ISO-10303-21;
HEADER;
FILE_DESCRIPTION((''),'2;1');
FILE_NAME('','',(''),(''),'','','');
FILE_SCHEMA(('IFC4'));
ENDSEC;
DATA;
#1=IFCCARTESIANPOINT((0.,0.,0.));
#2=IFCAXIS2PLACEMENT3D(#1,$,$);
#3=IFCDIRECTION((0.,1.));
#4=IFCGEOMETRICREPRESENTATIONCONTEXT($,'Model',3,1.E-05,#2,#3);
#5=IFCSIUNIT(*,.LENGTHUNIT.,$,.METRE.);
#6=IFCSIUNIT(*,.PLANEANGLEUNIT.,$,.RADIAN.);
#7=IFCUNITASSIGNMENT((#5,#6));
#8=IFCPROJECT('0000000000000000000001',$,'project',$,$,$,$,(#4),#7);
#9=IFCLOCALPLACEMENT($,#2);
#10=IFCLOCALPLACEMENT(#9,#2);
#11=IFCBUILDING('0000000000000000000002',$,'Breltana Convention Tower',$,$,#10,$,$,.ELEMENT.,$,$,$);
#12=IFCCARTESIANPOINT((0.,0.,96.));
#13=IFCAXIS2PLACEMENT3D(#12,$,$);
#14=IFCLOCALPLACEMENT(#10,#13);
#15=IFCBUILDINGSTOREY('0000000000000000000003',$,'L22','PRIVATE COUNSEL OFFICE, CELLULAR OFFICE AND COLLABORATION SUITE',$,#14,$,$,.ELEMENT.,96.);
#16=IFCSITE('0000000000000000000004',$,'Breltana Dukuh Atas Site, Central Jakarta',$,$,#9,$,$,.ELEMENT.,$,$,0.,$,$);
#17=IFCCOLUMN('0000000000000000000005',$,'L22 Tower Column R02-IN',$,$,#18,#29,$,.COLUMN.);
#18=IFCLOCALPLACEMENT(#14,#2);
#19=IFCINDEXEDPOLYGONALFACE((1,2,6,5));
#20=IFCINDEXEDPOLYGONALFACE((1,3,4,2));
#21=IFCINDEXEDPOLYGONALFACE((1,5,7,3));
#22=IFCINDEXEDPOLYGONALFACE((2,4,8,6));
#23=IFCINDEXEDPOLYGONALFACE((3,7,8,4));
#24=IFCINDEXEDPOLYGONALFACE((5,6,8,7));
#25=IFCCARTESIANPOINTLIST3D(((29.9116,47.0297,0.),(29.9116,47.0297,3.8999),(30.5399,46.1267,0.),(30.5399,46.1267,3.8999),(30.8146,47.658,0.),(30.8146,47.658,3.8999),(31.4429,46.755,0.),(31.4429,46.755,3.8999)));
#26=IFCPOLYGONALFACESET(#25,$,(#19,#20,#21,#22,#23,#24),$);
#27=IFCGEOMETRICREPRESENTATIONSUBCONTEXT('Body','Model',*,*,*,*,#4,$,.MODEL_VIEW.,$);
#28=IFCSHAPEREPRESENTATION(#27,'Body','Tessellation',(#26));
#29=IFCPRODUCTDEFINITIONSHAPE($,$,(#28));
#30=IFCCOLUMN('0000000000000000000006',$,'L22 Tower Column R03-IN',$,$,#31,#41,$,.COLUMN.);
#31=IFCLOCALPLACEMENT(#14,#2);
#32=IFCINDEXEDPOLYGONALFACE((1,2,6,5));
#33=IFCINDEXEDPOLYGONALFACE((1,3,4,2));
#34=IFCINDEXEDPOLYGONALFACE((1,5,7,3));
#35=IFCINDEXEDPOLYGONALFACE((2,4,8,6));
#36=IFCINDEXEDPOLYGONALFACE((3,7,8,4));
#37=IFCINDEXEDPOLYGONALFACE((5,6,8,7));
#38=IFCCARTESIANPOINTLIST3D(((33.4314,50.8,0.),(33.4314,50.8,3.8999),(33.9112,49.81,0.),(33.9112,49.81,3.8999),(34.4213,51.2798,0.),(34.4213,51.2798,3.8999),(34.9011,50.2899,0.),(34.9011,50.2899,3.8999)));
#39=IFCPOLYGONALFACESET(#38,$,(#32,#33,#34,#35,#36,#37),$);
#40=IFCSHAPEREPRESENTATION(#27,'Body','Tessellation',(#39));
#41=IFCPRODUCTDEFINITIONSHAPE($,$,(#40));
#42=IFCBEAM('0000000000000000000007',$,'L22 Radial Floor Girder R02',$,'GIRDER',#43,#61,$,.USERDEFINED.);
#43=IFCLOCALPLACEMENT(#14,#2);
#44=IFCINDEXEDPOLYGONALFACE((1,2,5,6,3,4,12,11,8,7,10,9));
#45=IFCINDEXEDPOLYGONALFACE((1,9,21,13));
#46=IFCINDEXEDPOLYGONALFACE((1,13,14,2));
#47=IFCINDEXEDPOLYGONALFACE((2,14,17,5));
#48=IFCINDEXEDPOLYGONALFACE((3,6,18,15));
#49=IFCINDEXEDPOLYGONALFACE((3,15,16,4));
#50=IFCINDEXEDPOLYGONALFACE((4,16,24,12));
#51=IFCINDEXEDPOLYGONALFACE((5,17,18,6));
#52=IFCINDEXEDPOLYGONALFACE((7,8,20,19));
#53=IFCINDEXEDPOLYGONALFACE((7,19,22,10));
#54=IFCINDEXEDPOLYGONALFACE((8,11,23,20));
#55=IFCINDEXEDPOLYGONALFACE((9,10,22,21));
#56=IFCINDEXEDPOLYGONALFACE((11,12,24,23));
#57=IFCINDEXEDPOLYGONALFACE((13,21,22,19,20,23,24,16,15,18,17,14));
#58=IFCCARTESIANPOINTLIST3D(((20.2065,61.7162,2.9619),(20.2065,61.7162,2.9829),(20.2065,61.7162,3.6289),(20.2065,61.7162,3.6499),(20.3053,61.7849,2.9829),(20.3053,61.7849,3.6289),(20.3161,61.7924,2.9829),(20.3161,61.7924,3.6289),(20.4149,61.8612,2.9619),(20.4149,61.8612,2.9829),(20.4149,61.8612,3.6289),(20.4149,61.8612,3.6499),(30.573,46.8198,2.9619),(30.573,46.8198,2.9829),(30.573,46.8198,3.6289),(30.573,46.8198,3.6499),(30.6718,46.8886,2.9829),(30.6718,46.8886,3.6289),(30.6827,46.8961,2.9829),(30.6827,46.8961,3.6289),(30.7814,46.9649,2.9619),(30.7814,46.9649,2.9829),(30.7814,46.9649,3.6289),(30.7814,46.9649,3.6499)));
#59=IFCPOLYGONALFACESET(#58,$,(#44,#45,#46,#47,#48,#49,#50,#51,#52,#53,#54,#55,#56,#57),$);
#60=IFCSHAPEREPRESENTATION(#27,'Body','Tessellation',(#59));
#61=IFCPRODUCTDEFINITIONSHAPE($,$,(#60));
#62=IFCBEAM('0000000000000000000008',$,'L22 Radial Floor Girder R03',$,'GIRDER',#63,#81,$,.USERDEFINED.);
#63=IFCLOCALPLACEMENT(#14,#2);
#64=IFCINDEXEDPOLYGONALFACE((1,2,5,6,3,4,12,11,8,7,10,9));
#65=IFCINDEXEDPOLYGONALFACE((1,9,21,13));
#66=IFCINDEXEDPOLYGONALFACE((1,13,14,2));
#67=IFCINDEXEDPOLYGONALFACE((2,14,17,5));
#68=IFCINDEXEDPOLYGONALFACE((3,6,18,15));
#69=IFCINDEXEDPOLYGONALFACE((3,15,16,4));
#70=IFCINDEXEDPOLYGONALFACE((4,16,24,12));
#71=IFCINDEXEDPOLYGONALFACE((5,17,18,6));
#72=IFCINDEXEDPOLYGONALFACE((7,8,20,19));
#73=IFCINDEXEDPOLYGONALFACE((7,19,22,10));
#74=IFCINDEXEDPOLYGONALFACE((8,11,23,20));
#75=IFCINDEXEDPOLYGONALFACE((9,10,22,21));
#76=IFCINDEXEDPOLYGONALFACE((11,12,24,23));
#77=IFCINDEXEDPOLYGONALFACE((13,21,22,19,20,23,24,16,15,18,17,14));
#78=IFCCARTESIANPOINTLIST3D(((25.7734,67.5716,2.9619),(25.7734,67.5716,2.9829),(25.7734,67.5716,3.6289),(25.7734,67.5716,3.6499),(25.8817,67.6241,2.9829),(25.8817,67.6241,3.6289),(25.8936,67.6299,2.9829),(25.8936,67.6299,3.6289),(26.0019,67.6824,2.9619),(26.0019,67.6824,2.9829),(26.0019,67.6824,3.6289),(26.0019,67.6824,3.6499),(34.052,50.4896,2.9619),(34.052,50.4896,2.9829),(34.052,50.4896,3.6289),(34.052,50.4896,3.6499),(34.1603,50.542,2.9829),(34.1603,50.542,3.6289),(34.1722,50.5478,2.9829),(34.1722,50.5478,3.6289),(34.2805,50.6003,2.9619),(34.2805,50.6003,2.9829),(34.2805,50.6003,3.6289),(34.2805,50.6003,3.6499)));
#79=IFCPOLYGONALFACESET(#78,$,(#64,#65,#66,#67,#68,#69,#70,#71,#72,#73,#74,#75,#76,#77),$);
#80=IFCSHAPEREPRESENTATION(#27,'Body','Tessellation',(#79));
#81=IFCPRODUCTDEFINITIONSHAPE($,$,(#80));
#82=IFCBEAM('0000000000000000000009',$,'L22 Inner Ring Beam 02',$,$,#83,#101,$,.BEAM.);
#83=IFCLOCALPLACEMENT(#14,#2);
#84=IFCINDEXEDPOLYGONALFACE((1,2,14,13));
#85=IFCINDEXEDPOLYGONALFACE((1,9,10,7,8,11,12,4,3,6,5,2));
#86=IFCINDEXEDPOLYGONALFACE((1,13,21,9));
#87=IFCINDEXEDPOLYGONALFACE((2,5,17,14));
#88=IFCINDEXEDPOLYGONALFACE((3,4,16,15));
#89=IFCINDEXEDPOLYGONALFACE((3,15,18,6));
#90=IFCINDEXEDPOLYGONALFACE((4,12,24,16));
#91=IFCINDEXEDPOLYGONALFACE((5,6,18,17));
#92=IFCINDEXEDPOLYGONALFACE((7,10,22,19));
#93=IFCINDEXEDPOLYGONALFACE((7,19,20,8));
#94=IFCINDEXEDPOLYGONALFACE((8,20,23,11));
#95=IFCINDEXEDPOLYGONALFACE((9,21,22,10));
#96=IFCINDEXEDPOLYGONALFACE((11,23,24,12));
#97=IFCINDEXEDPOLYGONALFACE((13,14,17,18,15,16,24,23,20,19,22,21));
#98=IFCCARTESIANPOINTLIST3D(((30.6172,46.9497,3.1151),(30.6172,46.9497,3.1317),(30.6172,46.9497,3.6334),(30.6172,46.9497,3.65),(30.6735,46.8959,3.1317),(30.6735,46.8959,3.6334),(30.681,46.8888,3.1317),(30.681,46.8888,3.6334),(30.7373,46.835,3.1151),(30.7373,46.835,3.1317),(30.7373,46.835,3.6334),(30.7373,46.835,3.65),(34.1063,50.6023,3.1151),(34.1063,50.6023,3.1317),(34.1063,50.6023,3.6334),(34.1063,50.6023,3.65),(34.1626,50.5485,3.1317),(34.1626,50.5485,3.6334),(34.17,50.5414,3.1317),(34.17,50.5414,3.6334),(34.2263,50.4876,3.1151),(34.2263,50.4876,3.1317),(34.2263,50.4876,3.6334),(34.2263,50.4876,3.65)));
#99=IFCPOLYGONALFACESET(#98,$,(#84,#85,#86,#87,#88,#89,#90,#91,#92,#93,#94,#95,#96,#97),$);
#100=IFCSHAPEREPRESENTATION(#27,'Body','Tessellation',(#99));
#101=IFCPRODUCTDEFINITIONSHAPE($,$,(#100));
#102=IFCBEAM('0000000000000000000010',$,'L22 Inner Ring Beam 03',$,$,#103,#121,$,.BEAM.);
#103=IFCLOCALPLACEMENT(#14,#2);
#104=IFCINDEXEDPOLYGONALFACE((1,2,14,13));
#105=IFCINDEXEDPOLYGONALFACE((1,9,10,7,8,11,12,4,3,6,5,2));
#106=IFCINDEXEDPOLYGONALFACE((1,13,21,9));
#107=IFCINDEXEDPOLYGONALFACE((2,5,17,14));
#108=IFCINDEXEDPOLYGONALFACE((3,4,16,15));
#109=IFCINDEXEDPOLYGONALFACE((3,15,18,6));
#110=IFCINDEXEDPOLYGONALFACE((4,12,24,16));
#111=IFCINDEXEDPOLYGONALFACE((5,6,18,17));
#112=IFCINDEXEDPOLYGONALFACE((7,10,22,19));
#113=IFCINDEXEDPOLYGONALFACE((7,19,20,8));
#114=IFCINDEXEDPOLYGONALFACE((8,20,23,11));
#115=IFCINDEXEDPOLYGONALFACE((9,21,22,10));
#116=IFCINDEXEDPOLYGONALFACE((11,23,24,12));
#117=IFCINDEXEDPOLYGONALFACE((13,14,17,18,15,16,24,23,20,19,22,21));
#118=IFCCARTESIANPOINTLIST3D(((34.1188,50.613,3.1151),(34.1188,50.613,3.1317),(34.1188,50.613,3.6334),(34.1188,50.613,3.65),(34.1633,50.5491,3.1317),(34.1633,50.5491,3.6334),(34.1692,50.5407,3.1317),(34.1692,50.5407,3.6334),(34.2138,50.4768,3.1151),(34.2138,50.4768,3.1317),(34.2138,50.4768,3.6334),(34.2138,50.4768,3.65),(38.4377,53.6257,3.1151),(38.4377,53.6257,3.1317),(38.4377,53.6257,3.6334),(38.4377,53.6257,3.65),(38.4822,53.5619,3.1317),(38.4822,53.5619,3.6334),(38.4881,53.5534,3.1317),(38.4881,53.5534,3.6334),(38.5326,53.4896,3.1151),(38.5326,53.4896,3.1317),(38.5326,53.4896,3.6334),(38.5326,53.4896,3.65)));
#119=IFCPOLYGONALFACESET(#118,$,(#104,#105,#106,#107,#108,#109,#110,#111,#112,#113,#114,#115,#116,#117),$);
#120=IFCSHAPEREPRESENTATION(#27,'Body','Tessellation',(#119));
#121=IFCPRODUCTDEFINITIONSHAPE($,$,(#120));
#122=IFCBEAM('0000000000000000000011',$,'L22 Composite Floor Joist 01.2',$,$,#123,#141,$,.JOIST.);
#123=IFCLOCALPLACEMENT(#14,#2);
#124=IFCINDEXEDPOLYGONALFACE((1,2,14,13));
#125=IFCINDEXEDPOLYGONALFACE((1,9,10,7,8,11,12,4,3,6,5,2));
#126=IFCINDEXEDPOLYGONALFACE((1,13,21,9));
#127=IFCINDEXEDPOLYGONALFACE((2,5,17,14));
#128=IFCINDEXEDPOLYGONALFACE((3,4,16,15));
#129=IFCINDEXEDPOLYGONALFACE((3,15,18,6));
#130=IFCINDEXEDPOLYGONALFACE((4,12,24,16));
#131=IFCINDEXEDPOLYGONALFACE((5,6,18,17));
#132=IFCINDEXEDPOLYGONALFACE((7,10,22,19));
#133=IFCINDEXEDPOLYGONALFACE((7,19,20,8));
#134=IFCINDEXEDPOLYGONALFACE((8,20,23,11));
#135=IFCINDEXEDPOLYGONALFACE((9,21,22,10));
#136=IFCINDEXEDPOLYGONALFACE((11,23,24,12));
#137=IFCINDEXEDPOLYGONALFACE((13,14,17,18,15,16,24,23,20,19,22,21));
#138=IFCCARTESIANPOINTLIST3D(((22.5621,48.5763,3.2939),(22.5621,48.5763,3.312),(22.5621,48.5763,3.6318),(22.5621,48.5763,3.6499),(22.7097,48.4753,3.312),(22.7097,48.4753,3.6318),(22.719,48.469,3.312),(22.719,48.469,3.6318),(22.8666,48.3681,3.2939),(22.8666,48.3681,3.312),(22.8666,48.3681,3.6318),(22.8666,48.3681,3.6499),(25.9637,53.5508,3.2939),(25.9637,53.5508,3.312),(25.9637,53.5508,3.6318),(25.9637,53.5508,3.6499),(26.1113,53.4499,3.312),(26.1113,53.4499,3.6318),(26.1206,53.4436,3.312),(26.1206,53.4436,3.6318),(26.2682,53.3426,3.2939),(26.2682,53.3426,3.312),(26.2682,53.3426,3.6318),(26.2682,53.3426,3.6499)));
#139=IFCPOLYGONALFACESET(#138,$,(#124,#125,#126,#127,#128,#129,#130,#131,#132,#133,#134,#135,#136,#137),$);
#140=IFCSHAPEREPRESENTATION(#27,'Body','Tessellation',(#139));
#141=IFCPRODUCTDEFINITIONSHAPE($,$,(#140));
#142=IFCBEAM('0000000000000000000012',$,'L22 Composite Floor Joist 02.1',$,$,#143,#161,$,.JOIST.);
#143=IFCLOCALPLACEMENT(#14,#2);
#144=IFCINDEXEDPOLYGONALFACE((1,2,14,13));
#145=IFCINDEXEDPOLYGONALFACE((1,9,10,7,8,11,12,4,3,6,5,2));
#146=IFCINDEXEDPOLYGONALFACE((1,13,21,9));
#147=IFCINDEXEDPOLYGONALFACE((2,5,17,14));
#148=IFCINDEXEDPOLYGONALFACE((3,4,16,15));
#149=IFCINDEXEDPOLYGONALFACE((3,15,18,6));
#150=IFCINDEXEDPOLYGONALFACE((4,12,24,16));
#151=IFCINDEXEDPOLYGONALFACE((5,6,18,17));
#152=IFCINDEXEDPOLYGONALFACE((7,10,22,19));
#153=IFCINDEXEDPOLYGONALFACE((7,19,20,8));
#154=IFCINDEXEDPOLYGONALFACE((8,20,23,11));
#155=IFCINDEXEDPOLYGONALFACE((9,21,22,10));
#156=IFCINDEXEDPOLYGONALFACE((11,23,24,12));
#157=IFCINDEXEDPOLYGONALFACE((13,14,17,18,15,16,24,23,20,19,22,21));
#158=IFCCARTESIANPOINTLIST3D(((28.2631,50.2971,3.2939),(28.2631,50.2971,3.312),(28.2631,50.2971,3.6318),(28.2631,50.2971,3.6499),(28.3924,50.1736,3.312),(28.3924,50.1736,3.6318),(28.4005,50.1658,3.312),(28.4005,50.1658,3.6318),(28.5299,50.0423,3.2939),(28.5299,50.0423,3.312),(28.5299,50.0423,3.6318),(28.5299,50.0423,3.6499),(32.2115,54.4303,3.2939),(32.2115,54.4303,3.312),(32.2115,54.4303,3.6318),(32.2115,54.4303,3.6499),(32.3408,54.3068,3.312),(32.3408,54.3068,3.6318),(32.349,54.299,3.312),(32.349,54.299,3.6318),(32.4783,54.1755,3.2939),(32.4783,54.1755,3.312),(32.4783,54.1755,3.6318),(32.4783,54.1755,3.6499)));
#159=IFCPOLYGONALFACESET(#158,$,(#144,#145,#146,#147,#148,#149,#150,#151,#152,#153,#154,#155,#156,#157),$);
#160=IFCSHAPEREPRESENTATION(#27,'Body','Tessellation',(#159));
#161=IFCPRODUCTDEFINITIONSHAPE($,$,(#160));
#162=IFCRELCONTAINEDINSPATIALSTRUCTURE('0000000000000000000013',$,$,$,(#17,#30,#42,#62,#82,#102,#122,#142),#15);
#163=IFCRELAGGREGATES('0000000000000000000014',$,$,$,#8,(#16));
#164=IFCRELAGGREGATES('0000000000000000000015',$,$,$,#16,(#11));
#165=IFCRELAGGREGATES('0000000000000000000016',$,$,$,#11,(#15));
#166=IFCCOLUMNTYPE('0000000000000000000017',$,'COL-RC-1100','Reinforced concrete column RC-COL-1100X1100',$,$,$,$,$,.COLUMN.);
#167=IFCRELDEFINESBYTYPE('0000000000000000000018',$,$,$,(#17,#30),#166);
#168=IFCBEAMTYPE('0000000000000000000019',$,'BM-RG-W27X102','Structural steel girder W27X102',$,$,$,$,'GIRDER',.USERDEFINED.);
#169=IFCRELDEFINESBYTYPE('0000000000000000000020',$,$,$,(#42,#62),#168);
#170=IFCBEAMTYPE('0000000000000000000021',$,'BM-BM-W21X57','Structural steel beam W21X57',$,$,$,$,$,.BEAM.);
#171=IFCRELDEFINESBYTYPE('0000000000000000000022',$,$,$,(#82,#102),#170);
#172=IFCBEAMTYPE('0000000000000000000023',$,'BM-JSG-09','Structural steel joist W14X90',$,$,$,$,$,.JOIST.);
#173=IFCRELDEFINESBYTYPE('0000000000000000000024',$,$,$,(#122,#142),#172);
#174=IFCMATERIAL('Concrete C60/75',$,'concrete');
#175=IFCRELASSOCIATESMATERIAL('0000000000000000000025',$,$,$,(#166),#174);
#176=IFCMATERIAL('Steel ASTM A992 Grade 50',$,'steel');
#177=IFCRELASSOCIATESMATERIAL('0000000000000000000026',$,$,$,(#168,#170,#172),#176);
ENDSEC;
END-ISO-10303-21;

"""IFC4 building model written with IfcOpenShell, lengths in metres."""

from ifc_helpers import new_model, si_unit, direction, frame, origin, origin_2d, place, context, subcontext, project, spatial, rectangle, i_section, extrude, source, transform, mapped, material, material_profile, profile_set, type_object, element, save


model = new_model("IFC4")

# Units and contexts
model_context = context("Model", 3, precision=1e-05, world=origin(), true_north=direction((0.0, 1.0)))
body_context = subcontext(model_context, "Body", "Model", "MODEL_VIEW")
ifc_project = project(units=[si_unit("LENGTHUNIT", "METRE"), si_unit("PLANEANGLEUNIT", "RADIAN")], contexts=[model_context])

# Site, building, storey
site_placement = place(None, origin())
site = spatial("IfcSite", under=ifc_project, at=site_placement, Name="Breltana Dukuh Atas Site, Central Jakarta", CompositionType="ELEMENT", RefElevation=0.0)
building_placement = place(site_placement, origin())
building = spatial("IfcBuilding", under=site, at=building_placement, Name="Breltana Convention Tower", CompositionType="ELEMENT")
storey_placement = place(building_placement, frame((0.0, 0.0, 96.0)))
storey = spatial("IfcBuildingStorey", under=building, at=storey_placement, Name="L22", Description="PRIVATE COUNSEL OFFICE, CELLULAR OFFICE AND COLLABORATION SUITE", CompositionType="ELEMENT", Elevation=96.0)

# Columns
ifc_material_1 = material(Name="Concrete C60/75", Category="concrete")
ifc_material_profile_1 = material_profile(ifc_material_1, rectangle(XDim=1.1001, YDim=1.1001, at=origin_2d()), Name="RC-COL-1100X1100")
ifc_profile_set_1 = profile_set([ifc_material_profile_1], Name="Concrete C60/75")
column_type = type_object("IfcColumnType", Name="COL-RC-1100", Description="Reinforced concrete column RC-COL-1100X1100", PredefinedType="COLUMN", material=ifc_profile_set_1)
shared_shape_1 = source(origin(), body_context, "Body", "SweptSolid", [
    extrude(rectangle(XDim=1.1001, YDim=1.1001, at=origin_2d()), origin(), (0.0, 0.0, 1.0), 3.8999),
])
for number, where, z_axis, x_axis, name in (
    (1, (30.6772, 46.8923, 0.0), (0.0, 0.0, 1.0), (-0.571143, 0.82085, 0.0), "L22 Tower Column R02-IN"),
    (2, (34.1663, 50.5449, 0.0), (0.0, 0.0, 1.0), (-0.436174, 0.899863, 0.0), "L22 Tower Column R03-IN"),
):
    element("IfcColumn", number, at=place(storey_placement, frame(where, z_axis=z_axis, x_axis=x_axis)), inside=storey, type_object=column_type, Name=name, PredefinedType="COLUMN", context=body_context, shape_type="MappedRepresentation", body=[
        mapped(shared_shape_1, transform((0.0, 0.0, 0.0), scale=1.0)),
    ])

# Beams
ifc_material_2 = material(Name="Steel ASTM A992 Grade 50", Category="steel")
ifc_material_profile_2 = material_profile(ifc_material_2, i_section(OverallWidth=0.2539, OverallDepth=0.688, WebThickness=0.0132, FlangeThickness=0.021, at=origin_2d()), Name="W27X102")
ifc_profile_set_2 = profile_set([ifc_material_profile_2], Name="Steel ASTM A992 Grade 50")
beam_type_1 = type_object("IfcBeamType", Name="BM-RG-W27X102", Description="Structural steel girder W27X102", ElementType="GIRDER", PredefinedType="USERDEFINED", material=ifc_profile_set_2)
shared_shape_2 = source(origin(), body_context, "Body", "SweptSolid", [
    extrude(i_section(OverallWidth=0.2539, OverallDepth=0.688, WebThickness=0.0132, FlangeThickness=0.021, at=origin_2d()), origin(), (0.0, 0.0, 1.0), 18.1484),
])
beam_1_placement = place(storey_placement, frame((30.6772, 46.8923, 3.3059), z_axis=(-0.571208, 0.820806, 0.0), x_axis=(-0.820806, -0.571208, 0.0)))
element("IfcBeam", 3, at=beam_1_placement, inside=storey, type_object=beam_type_1, Name="L22 Radial Floor Girder R02", ObjectType="GIRDER", PredefinedType="USERDEFINED", context=body_context, shape_type="MappedRepresentation", body=[
    mapped(shared_shape_2, transform((0.0, 0.0, 0.0), scale=1.0)),
])
shared_shape_3 = source(origin(), body_context, "Body", "SweptSolid", [
    extrude(i_section(OverallWidth=0.2539, OverallDepth=0.688, WebThickness=0.0132, FlangeThickness=0.021, at=origin_2d()), origin(), (0.0, 0.0, 1.0), 18.9824),
])
beam_2_placement = place(storey_placement, frame((34.1663, 50.5449, 3.3059), z_axis=(-0.436119, 0.899889, 0.0), x_axis=(-0.899889, -0.436119, 0.0)))
element("IfcBeam", 4, at=beam_2_placement, inside=storey, type_object=beam_type_1, Name="L22 Radial Floor Girder R03", ObjectType="GIRDER", PredefinedType="USERDEFINED", context=body_context, shape_type="MappedRepresentation", body=[
    mapped(shared_shape_3, transform((0.0, 0.0, 0.0), scale=1.0)),
])
ifc_material_profile_3 = material_profile(ifc_material_2, i_section(OverallWidth=0.166, OverallDepth=0.5349, WebThickness=0.0103, FlangeThickness=0.0166, at=origin_2d()), Name="W21X57")
ifc_profile_set_3 = profile_set([ifc_material_profile_3], Name="Steel ASTM A992 Grade 50")
beam_type_2 = type_object("IfcBeamType", Name="BM-BM-W21X57", Description="Structural steel beam W21X57", PredefinedType="BEAM", material=ifc_profile_set_3)
shared_shape_4 = source(origin(), body_context, "Body", "SweptSolid", [
    extrude(i_section(OverallWidth=0.166, OverallDepth=0.5349, WebThickness=0.0103, FlangeThickness=0.0166, at=origin_2d()), origin(), (0.0, 0.0, 1.0), 5.0513),
])
beam_3_placement = place(storey_placement, frame((30.6772, 46.8923, 3.3826), z_axis=(0.69073, 0.723113, 0.0), x_axis=(-0.723113, 0.69073, 0.0)))
element("IfcBeam", 5, at=beam_3_placement, inside=storey, type_object=beam_type_2, Name="L22 Inner Ring Beam 02", PredefinedType="BEAM", context=body_context, shape_type="MappedRepresentation", body=[
    mapped(shared_shape_4, transform((0.0, 0.0, 0.0), scale=1.0)),
])
shared_shape_5 = source(origin(), body_context, "Body", "SweptSolid", [
    extrude(i_section(OverallWidth=0.166, OverallDepth=0.5349, WebThickness=0.0103, FlangeThickness=0.0166, at=origin_2d()), origin(), (0.0, 0.0, 1.0), 5.2659),
])
beam_4_placement = place(storey_placement, frame((34.1663, 50.5449, 3.3826), z_axis=(0.820167, 0.572124, 0.0), x_axis=(-0.572124, 0.820167, 0.0)))
element("IfcBeam", 6, at=beam_4_placement, inside=storey, type_object=beam_type_2, Name="L22 Inner Ring Beam 03", PredefinedType="BEAM", context=body_context, shape_type="MappedRepresentation", body=[
    mapped(shared_shape_5, transform((0.0, 0.0, 0.0), scale=1.0)),
])
ifc_material_profile_4 = material_profile(ifc_material_2, i_section(OverallWidth=0.3689, OverallDepth=0.356, WebThickness=0.0112, FlangeThickness=0.0181, at=origin_2d()), Name="W14X90")
ifc_profile_set_4 = profile_set([ifc_material_profile_4], Name="Steel ASTM A992 Grade 50")
beam_type_3 = type_object("IfcBeamType", Name="BM-JSG-09", Description="Structural steel joist W14X90", PredefinedType="JOIST", material=ifc_profile_set_4)
shared_shape_6 = source(origin(), body_context, "Body", "SweptSolid", [
    extrude(i_section(OverallWidth=0.3689, OverallDepth=0.356, WebThickness=0.0112, FlangeThickness=0.0181, at=origin_2d()), origin(), (0.0, 0.0, 1.0), 6.0264),
])
beam_5_placement = place(storey_placement, frame((22.7144, 48.4722, 3.4719), z_axis=(0.56445, 0.825467, 0.0), x_axis=(-0.825467, 0.56445, 0.0)))
element("IfcBeam", 7, at=beam_5_placement, inside=storey, type_object=beam_type_3, Name="L22 Composite Floor Joist 01.2", PredefinedType="JOIST", context=body_context, shape_type="MappedRepresentation", body=[
    mapped(shared_shape_6, transform((0.0, 0.0, 0.0), scale=1.0)),
])
shared_shape_7 = source(origin(), body_context, "Body", "SweptSolid", [
    extrude(i_section(OverallWidth=0.3689, OverallDepth=0.356, WebThickness=0.0112, FlangeThickness=0.0181, at=origin_2d()), origin(), (0.0, 0.0, 1.0), 5.7161),
])
beam_6_placement = place(storey_placement, frame((28.3965, 50.1697, 3.4719), z_axis=(0.690756, 0.723088, 0.0), x_axis=(-0.723088, 0.690756, 0.0)))
element("IfcBeam", 8, at=beam_6_placement, inside=storey, type_object=beam_type_3, Name="L22 Composite Floor Joist 02.1", PredefinedType="JOIST", context=body_context, shape_type="MappedRepresentation", body=[
    mapped(shared_shape_7, transform((0.0, 0.0, 0.0), scale=1.0)),
])

save(model, "model.ifc")
